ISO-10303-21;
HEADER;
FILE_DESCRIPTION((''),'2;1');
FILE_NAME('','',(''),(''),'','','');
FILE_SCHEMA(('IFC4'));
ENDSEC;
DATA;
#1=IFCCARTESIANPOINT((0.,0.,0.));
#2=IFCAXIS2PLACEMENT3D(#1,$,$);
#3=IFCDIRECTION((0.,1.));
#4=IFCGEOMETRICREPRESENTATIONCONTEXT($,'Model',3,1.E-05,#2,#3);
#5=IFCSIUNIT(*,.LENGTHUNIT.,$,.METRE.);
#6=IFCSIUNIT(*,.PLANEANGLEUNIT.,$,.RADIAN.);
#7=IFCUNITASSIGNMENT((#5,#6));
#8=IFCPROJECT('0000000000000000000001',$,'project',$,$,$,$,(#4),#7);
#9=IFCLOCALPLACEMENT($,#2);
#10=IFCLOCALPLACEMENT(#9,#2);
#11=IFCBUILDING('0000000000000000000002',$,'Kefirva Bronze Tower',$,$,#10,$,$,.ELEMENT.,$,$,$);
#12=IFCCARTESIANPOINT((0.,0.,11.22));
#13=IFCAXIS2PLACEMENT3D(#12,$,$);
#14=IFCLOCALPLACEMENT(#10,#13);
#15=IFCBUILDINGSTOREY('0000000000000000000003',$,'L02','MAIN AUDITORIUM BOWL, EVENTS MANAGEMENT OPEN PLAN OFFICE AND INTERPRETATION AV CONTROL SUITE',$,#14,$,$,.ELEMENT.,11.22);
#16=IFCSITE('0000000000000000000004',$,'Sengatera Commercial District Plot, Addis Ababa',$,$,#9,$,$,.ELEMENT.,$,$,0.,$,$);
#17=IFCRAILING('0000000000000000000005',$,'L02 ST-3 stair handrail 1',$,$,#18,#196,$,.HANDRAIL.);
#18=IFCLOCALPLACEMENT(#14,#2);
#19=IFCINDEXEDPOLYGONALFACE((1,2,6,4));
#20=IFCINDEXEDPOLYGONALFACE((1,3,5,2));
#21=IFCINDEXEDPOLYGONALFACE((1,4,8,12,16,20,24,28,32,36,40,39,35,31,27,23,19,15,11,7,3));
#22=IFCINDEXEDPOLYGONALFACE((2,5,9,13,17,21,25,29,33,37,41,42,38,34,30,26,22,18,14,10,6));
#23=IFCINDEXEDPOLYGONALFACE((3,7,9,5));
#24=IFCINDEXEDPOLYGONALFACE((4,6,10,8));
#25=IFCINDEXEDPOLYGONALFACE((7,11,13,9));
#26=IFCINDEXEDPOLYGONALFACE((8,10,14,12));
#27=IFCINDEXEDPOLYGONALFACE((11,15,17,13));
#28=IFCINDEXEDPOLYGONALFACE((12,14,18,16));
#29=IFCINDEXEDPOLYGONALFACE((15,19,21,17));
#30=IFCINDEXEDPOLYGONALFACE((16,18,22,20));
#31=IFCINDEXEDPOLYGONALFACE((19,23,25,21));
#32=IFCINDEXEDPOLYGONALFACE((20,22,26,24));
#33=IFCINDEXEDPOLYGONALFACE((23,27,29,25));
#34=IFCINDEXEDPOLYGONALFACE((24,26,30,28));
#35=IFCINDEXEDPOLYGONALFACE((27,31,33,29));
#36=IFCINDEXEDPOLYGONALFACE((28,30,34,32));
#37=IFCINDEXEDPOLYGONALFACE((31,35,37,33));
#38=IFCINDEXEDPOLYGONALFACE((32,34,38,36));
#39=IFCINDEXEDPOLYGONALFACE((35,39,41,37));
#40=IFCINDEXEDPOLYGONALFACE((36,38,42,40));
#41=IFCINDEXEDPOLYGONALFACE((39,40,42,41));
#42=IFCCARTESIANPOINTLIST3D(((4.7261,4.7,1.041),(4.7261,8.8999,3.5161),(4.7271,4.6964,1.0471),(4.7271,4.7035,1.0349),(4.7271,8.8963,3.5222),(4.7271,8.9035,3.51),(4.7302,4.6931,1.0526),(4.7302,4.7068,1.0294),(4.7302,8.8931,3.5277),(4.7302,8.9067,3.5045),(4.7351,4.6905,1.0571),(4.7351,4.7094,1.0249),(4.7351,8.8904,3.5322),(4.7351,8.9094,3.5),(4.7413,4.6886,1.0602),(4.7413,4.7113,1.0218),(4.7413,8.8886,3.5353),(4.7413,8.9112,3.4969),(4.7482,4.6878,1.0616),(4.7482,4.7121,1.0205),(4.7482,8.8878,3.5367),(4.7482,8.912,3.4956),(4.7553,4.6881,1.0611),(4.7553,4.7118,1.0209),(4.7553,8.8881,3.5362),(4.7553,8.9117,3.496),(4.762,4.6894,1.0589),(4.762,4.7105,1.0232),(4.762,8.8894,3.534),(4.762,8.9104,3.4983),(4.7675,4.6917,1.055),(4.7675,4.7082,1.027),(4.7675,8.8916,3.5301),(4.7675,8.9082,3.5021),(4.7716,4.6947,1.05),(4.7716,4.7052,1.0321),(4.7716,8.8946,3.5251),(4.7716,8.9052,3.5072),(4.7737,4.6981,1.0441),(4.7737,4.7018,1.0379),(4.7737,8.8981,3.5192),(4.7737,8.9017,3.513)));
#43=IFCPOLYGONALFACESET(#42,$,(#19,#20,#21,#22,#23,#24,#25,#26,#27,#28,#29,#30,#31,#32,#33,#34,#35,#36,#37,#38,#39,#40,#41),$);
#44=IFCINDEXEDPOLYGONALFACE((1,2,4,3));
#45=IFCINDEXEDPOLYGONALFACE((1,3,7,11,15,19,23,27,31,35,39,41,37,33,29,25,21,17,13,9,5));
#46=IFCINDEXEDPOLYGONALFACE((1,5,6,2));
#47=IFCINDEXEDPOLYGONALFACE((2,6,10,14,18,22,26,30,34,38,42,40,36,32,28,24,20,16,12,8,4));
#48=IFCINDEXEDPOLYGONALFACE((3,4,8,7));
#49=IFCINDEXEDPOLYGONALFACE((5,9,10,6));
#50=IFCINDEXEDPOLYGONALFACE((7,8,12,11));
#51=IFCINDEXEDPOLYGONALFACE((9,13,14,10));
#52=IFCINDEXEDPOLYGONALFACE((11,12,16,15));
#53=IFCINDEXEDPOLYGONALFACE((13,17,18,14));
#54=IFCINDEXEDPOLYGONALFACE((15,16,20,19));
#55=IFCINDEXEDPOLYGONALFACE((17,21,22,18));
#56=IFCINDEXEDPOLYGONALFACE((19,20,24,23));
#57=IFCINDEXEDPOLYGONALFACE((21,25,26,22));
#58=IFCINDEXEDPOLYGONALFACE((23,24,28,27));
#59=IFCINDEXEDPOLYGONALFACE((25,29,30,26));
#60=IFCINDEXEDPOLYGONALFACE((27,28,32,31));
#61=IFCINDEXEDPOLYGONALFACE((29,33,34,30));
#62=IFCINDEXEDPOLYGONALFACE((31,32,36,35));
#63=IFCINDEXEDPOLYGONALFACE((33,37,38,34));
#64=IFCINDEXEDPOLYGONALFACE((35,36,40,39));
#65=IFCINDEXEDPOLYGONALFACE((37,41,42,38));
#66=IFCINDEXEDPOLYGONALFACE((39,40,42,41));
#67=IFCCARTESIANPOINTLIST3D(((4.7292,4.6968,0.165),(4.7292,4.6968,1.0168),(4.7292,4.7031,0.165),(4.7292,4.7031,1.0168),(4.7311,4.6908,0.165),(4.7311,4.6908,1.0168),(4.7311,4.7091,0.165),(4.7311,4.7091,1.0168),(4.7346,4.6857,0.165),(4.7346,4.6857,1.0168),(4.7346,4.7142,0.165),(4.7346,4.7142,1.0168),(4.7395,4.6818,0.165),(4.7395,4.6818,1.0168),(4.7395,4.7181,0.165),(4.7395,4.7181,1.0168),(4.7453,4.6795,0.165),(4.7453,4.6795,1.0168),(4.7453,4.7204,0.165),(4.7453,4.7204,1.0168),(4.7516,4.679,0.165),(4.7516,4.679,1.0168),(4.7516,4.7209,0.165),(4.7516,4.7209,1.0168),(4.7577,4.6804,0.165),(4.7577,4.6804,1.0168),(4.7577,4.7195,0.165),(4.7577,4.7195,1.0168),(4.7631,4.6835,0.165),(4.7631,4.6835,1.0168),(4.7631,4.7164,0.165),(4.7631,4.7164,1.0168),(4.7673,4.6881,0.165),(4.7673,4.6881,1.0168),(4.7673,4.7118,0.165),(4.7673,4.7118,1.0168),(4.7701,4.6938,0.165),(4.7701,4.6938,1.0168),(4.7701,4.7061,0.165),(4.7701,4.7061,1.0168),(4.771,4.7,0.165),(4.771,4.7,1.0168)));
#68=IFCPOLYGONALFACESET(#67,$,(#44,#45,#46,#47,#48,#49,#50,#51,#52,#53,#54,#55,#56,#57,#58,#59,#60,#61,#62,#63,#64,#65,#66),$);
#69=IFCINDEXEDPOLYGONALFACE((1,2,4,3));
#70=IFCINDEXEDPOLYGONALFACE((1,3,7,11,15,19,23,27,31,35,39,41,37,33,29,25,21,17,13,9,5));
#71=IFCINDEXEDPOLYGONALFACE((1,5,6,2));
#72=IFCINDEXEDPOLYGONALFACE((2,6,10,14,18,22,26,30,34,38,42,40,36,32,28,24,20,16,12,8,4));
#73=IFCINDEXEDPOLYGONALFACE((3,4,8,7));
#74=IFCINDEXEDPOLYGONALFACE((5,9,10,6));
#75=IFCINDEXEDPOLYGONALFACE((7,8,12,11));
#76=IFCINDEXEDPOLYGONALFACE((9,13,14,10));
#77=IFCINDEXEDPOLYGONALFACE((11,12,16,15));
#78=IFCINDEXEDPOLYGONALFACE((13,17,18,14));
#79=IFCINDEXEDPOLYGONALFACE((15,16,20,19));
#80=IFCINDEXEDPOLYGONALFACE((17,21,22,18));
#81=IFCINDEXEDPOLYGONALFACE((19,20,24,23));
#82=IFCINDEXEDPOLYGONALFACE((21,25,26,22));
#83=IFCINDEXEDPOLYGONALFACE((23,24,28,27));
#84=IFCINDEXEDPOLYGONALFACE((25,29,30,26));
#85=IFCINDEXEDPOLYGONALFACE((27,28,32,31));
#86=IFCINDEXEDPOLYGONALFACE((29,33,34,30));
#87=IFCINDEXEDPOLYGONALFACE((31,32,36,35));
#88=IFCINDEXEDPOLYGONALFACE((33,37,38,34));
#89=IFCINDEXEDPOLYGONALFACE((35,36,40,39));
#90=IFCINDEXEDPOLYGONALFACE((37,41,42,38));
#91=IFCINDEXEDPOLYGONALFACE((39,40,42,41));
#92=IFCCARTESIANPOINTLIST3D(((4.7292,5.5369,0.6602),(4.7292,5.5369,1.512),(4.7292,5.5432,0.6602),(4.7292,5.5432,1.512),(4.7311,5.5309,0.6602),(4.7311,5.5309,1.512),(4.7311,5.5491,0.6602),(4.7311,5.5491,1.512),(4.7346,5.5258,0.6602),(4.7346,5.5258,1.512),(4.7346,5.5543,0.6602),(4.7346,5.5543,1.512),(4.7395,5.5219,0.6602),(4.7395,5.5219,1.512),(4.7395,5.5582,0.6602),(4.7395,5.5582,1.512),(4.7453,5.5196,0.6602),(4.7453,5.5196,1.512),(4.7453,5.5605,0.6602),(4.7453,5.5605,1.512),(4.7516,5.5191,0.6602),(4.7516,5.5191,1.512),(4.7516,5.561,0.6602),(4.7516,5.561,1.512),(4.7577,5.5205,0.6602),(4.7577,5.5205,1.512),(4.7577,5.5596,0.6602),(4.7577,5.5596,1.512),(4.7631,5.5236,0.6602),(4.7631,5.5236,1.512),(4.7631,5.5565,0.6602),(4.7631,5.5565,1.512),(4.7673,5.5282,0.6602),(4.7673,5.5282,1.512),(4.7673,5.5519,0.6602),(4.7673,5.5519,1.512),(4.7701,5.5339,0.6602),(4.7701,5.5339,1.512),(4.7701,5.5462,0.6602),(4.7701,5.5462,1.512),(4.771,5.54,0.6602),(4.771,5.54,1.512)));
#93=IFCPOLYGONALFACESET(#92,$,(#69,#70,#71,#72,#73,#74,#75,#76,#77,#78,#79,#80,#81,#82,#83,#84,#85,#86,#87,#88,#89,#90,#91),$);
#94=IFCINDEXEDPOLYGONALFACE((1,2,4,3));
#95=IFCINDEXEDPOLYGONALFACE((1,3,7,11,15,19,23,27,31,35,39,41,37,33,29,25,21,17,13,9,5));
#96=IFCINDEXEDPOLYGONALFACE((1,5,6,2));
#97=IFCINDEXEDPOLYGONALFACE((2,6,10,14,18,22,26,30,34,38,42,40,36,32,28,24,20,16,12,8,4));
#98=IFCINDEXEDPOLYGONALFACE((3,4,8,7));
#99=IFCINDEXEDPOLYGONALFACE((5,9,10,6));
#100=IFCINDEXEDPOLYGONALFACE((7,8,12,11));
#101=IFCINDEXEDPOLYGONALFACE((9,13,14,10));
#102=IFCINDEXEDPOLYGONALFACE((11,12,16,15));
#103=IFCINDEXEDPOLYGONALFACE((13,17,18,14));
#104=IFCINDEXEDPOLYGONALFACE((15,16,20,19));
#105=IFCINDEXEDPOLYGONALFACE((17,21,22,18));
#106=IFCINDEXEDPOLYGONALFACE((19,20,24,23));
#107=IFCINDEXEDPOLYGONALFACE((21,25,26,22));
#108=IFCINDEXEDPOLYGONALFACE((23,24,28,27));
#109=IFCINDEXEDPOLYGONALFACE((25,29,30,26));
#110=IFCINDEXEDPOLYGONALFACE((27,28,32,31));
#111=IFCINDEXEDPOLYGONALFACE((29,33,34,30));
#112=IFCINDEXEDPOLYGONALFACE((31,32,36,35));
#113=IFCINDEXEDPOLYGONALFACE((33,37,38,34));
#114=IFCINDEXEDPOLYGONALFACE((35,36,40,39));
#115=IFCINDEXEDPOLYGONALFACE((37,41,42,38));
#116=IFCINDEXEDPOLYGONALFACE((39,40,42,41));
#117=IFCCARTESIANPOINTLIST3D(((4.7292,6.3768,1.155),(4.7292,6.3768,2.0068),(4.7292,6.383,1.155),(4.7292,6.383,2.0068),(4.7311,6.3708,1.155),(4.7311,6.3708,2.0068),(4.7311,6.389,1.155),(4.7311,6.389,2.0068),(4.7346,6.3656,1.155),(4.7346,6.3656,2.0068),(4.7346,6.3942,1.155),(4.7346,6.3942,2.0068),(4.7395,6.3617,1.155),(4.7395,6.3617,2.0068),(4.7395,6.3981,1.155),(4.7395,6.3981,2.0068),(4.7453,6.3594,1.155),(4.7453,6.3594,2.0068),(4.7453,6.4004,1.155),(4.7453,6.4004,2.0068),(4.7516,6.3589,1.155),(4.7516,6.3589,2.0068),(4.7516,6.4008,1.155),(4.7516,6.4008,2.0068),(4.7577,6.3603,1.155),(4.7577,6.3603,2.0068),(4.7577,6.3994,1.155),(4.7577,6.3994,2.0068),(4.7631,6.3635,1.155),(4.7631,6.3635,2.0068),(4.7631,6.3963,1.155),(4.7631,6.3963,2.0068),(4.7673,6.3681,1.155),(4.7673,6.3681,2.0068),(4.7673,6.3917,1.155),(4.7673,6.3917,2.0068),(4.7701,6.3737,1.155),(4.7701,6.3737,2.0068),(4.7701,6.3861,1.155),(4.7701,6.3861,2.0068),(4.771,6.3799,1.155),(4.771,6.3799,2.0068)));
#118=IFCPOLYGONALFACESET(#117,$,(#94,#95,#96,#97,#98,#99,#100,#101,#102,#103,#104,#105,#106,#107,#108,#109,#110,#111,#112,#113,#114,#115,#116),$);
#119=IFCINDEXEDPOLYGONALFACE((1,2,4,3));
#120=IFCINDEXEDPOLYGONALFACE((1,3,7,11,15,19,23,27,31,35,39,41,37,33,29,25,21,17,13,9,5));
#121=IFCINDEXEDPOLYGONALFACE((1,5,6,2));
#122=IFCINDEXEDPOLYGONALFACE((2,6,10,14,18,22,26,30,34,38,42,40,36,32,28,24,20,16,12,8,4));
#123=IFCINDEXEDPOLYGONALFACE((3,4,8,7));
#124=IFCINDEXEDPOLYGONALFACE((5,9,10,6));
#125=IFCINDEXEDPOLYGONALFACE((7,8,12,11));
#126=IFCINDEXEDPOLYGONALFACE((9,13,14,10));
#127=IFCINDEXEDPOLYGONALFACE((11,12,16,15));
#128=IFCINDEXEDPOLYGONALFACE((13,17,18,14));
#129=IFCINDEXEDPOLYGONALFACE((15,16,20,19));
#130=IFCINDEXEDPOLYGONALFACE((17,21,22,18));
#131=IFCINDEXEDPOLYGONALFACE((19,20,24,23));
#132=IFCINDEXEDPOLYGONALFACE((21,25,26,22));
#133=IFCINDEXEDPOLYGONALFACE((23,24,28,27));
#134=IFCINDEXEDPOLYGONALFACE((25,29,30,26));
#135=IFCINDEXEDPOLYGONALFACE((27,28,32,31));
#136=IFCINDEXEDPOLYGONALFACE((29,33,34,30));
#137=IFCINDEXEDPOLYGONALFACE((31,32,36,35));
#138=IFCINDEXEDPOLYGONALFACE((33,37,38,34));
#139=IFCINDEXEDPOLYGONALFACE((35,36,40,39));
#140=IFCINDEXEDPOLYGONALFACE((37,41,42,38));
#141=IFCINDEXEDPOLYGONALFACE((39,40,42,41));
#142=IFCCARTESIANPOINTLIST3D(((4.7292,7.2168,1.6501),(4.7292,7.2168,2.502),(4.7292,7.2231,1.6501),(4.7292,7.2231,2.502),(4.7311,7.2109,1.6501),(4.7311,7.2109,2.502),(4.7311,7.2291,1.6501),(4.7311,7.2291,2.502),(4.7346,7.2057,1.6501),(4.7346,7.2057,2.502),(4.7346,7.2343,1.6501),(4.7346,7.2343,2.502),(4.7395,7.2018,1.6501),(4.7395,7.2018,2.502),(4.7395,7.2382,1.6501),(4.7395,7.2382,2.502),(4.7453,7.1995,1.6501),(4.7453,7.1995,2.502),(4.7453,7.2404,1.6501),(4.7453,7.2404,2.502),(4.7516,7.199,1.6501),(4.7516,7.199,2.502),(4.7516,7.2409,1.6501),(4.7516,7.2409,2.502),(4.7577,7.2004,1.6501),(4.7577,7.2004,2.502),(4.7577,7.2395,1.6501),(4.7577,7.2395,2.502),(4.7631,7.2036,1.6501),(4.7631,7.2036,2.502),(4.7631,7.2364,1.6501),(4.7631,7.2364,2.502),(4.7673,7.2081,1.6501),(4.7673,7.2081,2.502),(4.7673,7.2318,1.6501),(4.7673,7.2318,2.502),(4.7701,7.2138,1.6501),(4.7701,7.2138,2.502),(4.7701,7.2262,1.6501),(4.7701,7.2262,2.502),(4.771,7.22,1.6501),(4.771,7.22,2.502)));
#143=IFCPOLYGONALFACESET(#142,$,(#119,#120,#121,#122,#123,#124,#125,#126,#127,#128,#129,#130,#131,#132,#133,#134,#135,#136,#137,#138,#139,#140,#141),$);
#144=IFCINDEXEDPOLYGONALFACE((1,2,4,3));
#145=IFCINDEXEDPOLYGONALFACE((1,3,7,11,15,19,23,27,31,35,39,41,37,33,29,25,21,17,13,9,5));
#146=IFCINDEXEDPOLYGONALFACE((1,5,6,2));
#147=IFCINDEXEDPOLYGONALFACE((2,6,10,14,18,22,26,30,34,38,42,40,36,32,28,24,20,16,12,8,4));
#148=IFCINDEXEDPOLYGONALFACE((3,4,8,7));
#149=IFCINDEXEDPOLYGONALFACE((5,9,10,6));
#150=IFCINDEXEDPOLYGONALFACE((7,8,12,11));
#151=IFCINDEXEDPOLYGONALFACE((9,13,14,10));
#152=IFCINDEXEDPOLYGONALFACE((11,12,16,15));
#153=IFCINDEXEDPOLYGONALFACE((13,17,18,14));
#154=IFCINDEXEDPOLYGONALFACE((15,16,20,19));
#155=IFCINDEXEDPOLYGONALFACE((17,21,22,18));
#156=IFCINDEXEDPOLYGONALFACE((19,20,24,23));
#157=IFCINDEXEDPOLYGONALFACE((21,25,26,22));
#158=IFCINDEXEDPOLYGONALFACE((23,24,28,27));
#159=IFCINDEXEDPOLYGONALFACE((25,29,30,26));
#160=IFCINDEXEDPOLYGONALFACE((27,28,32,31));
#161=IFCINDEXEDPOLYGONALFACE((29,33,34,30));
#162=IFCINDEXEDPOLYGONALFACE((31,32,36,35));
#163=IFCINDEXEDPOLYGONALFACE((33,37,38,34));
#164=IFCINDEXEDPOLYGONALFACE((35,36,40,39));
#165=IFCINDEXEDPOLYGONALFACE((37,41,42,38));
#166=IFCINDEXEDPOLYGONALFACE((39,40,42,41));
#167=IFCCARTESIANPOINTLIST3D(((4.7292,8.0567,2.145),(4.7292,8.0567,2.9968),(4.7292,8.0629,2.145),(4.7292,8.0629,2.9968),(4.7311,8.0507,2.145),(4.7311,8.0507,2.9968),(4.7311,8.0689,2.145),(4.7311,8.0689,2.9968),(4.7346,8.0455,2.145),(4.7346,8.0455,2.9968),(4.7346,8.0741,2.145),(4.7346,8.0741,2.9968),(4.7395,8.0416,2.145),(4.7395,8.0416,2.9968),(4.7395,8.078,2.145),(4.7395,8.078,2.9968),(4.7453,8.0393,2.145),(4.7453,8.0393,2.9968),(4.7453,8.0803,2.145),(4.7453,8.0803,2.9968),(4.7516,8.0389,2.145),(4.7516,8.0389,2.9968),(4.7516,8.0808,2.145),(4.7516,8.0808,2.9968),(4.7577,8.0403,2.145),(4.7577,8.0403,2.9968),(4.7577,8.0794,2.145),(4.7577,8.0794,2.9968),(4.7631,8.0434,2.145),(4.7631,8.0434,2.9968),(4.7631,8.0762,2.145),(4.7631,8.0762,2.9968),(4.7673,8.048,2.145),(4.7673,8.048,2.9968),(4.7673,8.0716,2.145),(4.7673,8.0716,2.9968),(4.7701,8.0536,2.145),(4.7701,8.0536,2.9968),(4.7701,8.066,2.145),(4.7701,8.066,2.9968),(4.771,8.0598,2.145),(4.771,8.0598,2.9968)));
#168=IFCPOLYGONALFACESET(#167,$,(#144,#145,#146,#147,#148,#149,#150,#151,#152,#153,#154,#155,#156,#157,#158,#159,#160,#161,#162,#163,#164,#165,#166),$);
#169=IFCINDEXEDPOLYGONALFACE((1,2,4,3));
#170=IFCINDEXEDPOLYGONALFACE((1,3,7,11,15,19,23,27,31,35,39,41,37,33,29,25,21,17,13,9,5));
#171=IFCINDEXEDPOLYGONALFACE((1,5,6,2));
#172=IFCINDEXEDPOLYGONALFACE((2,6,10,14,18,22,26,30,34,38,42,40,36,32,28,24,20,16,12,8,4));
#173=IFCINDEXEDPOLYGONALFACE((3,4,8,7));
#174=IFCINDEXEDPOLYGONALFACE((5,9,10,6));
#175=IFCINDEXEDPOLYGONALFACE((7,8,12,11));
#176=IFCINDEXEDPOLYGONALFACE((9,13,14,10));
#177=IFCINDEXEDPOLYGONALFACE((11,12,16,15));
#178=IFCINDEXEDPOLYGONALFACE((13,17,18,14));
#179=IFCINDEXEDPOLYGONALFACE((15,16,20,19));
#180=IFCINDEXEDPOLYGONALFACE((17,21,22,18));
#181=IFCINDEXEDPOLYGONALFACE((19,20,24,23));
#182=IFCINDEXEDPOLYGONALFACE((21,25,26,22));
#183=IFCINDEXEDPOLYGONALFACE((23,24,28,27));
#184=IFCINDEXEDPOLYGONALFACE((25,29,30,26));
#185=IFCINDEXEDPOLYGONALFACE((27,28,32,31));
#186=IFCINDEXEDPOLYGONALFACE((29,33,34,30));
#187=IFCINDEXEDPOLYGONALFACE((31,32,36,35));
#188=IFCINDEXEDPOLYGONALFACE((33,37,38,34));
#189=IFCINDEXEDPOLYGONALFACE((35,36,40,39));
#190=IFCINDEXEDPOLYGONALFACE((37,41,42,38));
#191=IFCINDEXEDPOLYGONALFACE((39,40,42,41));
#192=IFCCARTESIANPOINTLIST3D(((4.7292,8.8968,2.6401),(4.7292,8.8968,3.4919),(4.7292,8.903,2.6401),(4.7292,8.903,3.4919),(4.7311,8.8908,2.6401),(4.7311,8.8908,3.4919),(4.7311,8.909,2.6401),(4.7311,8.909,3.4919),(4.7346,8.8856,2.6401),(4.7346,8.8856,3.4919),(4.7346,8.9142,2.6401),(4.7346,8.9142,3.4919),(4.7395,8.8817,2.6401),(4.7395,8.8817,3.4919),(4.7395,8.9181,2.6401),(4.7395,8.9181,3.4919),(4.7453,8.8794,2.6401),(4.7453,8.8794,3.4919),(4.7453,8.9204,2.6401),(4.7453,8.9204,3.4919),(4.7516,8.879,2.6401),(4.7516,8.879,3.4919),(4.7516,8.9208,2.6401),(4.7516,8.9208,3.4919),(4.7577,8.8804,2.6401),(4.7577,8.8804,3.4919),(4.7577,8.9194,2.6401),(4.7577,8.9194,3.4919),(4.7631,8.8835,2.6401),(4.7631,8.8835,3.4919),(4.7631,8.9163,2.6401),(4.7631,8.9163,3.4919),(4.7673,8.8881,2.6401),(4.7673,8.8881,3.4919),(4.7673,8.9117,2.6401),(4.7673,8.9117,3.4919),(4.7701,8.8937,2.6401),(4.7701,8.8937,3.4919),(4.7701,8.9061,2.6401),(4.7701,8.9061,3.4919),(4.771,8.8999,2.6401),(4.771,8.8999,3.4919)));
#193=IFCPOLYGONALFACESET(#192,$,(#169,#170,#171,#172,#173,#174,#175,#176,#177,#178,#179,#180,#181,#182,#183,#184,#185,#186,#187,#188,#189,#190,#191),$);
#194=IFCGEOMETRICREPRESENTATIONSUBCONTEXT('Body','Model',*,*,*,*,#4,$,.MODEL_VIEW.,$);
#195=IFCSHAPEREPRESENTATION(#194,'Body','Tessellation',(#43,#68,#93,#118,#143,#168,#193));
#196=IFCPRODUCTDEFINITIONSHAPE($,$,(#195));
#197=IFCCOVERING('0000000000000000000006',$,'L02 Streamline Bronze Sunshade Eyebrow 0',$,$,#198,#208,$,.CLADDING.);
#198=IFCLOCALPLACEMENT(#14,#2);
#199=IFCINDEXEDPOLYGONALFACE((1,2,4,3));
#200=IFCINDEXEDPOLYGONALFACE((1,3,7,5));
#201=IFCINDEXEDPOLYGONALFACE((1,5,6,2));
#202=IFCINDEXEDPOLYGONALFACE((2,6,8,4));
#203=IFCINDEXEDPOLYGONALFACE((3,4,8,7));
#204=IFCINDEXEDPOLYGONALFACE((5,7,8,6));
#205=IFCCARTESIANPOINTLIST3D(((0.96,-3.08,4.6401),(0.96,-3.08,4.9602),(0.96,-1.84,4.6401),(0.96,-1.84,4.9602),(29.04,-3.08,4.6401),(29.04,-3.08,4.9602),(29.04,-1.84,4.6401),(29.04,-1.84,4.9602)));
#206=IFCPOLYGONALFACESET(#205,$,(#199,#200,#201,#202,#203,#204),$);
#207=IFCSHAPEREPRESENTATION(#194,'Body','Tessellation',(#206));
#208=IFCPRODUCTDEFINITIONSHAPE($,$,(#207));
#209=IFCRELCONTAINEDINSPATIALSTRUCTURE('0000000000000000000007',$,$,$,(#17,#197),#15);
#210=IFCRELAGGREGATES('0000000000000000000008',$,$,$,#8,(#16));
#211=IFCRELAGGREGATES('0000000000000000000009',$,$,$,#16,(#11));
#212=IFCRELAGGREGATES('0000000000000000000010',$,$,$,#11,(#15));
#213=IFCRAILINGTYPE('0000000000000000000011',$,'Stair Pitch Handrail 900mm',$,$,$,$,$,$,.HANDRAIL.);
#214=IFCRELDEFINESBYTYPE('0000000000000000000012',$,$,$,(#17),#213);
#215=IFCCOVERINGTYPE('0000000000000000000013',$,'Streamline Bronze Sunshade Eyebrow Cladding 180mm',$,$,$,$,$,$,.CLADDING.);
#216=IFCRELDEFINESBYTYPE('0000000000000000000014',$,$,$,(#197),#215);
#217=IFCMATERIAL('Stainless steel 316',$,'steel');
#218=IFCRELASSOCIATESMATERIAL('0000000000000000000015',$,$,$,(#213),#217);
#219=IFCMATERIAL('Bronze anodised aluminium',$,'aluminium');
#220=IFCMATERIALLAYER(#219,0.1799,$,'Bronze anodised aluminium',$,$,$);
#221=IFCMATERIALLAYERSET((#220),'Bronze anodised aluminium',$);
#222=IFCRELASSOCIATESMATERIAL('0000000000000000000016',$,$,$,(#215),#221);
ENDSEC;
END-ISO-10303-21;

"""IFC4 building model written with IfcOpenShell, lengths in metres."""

from ifc_helpers import new_model, si_unit, direction, frame, origin, origin_2d, place, context, subcontext, project, spatial, rectangle, circle, extrude, material, layer, layer_set, type_object, element, save


model = new_model("IFC4")

# Units and contexts
model_context = context("Model", 3, precision=1e-05, world=origin(), true_north=direction((0.0, 1.0)))
body_context = subcontext(model_context, "Body", "Model", "MODEL_VIEW")
ifc_project = project(units=[si_unit("LENGTHUNIT", "METRE"), si_unit("PLANEANGLEUNIT", "RADIAN")], contexts=[model_context])

# Site, building, storey
site_placement = place(None, origin())
site = spatial("IfcSite", under=ifc_project, at=site_placement, Name="Sengatera Commercial District Plot, Addis Ababa", CompositionType="ELEMENT", RefElevation=0.0)
building_placement = place(site_placement, origin())
building = spatial("IfcBuilding", under=site, at=building_placement, Name="Kefirva Bronze Tower", CompositionType="ELEMENT")
storey_placement = place(building_placement, frame((0.0, 0.0, 11.22)))
storey = spatial("IfcBuildingStorey", under=building, at=storey_placement, Name="L02", Description="MAIN AUDITORIUM BOWL, EVENTS MANAGEMENT OPEN PLAN OFFICE AND INTERPRETATION AV CONTROL SUITE", CompositionType="ELEMENT", Elevation=11.22)

# Shared definitions
ifc_material_1 = material(Name="Bronze anodised aluminium", Category="aluminium")

# Railing
ifc_material_2 = material(Name="Stainless steel 316", Category="steel")
railing_type = type_object("IfcRailingType", Name="Stair Pitch Handrail 900mm", PredefinedType="HANDRAIL", material=ifc_material_2)
railing_placement = place(storey_placement, frame((4.75, 4.7, 0.165)))
element("IfcRailing", 1, at=railing_placement, inside=storey, type_object=railing_type, Name="L02 ST-3 stair handrail 1", PredefinedType="HANDRAIL", context=body_context, shape_type="SweptSolid", body=[
    extrude(circle(Radius=0.0239, at=origin_2d()), frame((0.0, 0.0, 0.876), z_axis=(0.0, 0.861527, 0.507712), x_axis=(-1.0, 0.0, 0.0)), (0.0, 0.0, 1.0), 4.875),
    extrude(circle(Radius=0.021, at=origin_2d()), origin(), (0.0, 0.0, 1.0), 0.8518),
    extrude(circle(Radius=0.021, at=origin_2d()), frame((0.0, 0.8401, 0.4951)), (0.0, 0.0, 1.0), 0.8518),
    extrude(circle(Radius=0.021, at=origin_2d()), frame((0.0, 1.6799, 0.99)), (0.0, 0.0, 1.0), 0.8518),
    extrude(circle(Radius=0.021, at=origin_2d()), frame((0.0, 2.52, 1.4851)), (0.0, 0.0, 1.0), 0.8518),
    extrude(circle(Radius=0.021, at=origin_2d()), frame((0.0, 3.3599, 1.98)), (0.0, 0.0, 1.0), 0.8518),
    extrude(circle(Radius=0.021, at=origin_2d()), frame((0.0, 4.2, 2.4751)), (0.0, 0.0, 1.0), 0.8518),
])

# Covering
ifc_layer_1 = layer(ifc_material_1, 0.1799, Name="Bronze anodised aluminium")
ifc_layer_set_1 = layer_set([ifc_layer_1], Name="Bronze anodised aluminium")
covering_type_1 = type_object("IfcCoveringType", Name="Streamline Bronze Sunshade Eyebrow Cladding 180mm", PredefinedType="CLADDING", material=ifc_layer_set_1)
covering_1_placement = place(storey_placement, frame((15.0, -2.46, 4.6401), z_axis=(0.0, 0.0, 1.0), x_axis=(1.0, 0.0, 0.0)))
element("IfcCovering", 2, at=covering_1_placement, inside=storey, type_object=covering_type_1, Name="L02 Streamline Bronze Sunshade Eyebrow 0", PredefinedType="CLADDING", context=body_context, shape_type="SweptSolid", body=[
    extrude(rectangle(XDim=28.0801, YDim=1.24, at=origin_2d()), origin(), (0.0, 0.0, 1.0), 0.3201),
])

save(model, "model.ifc")
